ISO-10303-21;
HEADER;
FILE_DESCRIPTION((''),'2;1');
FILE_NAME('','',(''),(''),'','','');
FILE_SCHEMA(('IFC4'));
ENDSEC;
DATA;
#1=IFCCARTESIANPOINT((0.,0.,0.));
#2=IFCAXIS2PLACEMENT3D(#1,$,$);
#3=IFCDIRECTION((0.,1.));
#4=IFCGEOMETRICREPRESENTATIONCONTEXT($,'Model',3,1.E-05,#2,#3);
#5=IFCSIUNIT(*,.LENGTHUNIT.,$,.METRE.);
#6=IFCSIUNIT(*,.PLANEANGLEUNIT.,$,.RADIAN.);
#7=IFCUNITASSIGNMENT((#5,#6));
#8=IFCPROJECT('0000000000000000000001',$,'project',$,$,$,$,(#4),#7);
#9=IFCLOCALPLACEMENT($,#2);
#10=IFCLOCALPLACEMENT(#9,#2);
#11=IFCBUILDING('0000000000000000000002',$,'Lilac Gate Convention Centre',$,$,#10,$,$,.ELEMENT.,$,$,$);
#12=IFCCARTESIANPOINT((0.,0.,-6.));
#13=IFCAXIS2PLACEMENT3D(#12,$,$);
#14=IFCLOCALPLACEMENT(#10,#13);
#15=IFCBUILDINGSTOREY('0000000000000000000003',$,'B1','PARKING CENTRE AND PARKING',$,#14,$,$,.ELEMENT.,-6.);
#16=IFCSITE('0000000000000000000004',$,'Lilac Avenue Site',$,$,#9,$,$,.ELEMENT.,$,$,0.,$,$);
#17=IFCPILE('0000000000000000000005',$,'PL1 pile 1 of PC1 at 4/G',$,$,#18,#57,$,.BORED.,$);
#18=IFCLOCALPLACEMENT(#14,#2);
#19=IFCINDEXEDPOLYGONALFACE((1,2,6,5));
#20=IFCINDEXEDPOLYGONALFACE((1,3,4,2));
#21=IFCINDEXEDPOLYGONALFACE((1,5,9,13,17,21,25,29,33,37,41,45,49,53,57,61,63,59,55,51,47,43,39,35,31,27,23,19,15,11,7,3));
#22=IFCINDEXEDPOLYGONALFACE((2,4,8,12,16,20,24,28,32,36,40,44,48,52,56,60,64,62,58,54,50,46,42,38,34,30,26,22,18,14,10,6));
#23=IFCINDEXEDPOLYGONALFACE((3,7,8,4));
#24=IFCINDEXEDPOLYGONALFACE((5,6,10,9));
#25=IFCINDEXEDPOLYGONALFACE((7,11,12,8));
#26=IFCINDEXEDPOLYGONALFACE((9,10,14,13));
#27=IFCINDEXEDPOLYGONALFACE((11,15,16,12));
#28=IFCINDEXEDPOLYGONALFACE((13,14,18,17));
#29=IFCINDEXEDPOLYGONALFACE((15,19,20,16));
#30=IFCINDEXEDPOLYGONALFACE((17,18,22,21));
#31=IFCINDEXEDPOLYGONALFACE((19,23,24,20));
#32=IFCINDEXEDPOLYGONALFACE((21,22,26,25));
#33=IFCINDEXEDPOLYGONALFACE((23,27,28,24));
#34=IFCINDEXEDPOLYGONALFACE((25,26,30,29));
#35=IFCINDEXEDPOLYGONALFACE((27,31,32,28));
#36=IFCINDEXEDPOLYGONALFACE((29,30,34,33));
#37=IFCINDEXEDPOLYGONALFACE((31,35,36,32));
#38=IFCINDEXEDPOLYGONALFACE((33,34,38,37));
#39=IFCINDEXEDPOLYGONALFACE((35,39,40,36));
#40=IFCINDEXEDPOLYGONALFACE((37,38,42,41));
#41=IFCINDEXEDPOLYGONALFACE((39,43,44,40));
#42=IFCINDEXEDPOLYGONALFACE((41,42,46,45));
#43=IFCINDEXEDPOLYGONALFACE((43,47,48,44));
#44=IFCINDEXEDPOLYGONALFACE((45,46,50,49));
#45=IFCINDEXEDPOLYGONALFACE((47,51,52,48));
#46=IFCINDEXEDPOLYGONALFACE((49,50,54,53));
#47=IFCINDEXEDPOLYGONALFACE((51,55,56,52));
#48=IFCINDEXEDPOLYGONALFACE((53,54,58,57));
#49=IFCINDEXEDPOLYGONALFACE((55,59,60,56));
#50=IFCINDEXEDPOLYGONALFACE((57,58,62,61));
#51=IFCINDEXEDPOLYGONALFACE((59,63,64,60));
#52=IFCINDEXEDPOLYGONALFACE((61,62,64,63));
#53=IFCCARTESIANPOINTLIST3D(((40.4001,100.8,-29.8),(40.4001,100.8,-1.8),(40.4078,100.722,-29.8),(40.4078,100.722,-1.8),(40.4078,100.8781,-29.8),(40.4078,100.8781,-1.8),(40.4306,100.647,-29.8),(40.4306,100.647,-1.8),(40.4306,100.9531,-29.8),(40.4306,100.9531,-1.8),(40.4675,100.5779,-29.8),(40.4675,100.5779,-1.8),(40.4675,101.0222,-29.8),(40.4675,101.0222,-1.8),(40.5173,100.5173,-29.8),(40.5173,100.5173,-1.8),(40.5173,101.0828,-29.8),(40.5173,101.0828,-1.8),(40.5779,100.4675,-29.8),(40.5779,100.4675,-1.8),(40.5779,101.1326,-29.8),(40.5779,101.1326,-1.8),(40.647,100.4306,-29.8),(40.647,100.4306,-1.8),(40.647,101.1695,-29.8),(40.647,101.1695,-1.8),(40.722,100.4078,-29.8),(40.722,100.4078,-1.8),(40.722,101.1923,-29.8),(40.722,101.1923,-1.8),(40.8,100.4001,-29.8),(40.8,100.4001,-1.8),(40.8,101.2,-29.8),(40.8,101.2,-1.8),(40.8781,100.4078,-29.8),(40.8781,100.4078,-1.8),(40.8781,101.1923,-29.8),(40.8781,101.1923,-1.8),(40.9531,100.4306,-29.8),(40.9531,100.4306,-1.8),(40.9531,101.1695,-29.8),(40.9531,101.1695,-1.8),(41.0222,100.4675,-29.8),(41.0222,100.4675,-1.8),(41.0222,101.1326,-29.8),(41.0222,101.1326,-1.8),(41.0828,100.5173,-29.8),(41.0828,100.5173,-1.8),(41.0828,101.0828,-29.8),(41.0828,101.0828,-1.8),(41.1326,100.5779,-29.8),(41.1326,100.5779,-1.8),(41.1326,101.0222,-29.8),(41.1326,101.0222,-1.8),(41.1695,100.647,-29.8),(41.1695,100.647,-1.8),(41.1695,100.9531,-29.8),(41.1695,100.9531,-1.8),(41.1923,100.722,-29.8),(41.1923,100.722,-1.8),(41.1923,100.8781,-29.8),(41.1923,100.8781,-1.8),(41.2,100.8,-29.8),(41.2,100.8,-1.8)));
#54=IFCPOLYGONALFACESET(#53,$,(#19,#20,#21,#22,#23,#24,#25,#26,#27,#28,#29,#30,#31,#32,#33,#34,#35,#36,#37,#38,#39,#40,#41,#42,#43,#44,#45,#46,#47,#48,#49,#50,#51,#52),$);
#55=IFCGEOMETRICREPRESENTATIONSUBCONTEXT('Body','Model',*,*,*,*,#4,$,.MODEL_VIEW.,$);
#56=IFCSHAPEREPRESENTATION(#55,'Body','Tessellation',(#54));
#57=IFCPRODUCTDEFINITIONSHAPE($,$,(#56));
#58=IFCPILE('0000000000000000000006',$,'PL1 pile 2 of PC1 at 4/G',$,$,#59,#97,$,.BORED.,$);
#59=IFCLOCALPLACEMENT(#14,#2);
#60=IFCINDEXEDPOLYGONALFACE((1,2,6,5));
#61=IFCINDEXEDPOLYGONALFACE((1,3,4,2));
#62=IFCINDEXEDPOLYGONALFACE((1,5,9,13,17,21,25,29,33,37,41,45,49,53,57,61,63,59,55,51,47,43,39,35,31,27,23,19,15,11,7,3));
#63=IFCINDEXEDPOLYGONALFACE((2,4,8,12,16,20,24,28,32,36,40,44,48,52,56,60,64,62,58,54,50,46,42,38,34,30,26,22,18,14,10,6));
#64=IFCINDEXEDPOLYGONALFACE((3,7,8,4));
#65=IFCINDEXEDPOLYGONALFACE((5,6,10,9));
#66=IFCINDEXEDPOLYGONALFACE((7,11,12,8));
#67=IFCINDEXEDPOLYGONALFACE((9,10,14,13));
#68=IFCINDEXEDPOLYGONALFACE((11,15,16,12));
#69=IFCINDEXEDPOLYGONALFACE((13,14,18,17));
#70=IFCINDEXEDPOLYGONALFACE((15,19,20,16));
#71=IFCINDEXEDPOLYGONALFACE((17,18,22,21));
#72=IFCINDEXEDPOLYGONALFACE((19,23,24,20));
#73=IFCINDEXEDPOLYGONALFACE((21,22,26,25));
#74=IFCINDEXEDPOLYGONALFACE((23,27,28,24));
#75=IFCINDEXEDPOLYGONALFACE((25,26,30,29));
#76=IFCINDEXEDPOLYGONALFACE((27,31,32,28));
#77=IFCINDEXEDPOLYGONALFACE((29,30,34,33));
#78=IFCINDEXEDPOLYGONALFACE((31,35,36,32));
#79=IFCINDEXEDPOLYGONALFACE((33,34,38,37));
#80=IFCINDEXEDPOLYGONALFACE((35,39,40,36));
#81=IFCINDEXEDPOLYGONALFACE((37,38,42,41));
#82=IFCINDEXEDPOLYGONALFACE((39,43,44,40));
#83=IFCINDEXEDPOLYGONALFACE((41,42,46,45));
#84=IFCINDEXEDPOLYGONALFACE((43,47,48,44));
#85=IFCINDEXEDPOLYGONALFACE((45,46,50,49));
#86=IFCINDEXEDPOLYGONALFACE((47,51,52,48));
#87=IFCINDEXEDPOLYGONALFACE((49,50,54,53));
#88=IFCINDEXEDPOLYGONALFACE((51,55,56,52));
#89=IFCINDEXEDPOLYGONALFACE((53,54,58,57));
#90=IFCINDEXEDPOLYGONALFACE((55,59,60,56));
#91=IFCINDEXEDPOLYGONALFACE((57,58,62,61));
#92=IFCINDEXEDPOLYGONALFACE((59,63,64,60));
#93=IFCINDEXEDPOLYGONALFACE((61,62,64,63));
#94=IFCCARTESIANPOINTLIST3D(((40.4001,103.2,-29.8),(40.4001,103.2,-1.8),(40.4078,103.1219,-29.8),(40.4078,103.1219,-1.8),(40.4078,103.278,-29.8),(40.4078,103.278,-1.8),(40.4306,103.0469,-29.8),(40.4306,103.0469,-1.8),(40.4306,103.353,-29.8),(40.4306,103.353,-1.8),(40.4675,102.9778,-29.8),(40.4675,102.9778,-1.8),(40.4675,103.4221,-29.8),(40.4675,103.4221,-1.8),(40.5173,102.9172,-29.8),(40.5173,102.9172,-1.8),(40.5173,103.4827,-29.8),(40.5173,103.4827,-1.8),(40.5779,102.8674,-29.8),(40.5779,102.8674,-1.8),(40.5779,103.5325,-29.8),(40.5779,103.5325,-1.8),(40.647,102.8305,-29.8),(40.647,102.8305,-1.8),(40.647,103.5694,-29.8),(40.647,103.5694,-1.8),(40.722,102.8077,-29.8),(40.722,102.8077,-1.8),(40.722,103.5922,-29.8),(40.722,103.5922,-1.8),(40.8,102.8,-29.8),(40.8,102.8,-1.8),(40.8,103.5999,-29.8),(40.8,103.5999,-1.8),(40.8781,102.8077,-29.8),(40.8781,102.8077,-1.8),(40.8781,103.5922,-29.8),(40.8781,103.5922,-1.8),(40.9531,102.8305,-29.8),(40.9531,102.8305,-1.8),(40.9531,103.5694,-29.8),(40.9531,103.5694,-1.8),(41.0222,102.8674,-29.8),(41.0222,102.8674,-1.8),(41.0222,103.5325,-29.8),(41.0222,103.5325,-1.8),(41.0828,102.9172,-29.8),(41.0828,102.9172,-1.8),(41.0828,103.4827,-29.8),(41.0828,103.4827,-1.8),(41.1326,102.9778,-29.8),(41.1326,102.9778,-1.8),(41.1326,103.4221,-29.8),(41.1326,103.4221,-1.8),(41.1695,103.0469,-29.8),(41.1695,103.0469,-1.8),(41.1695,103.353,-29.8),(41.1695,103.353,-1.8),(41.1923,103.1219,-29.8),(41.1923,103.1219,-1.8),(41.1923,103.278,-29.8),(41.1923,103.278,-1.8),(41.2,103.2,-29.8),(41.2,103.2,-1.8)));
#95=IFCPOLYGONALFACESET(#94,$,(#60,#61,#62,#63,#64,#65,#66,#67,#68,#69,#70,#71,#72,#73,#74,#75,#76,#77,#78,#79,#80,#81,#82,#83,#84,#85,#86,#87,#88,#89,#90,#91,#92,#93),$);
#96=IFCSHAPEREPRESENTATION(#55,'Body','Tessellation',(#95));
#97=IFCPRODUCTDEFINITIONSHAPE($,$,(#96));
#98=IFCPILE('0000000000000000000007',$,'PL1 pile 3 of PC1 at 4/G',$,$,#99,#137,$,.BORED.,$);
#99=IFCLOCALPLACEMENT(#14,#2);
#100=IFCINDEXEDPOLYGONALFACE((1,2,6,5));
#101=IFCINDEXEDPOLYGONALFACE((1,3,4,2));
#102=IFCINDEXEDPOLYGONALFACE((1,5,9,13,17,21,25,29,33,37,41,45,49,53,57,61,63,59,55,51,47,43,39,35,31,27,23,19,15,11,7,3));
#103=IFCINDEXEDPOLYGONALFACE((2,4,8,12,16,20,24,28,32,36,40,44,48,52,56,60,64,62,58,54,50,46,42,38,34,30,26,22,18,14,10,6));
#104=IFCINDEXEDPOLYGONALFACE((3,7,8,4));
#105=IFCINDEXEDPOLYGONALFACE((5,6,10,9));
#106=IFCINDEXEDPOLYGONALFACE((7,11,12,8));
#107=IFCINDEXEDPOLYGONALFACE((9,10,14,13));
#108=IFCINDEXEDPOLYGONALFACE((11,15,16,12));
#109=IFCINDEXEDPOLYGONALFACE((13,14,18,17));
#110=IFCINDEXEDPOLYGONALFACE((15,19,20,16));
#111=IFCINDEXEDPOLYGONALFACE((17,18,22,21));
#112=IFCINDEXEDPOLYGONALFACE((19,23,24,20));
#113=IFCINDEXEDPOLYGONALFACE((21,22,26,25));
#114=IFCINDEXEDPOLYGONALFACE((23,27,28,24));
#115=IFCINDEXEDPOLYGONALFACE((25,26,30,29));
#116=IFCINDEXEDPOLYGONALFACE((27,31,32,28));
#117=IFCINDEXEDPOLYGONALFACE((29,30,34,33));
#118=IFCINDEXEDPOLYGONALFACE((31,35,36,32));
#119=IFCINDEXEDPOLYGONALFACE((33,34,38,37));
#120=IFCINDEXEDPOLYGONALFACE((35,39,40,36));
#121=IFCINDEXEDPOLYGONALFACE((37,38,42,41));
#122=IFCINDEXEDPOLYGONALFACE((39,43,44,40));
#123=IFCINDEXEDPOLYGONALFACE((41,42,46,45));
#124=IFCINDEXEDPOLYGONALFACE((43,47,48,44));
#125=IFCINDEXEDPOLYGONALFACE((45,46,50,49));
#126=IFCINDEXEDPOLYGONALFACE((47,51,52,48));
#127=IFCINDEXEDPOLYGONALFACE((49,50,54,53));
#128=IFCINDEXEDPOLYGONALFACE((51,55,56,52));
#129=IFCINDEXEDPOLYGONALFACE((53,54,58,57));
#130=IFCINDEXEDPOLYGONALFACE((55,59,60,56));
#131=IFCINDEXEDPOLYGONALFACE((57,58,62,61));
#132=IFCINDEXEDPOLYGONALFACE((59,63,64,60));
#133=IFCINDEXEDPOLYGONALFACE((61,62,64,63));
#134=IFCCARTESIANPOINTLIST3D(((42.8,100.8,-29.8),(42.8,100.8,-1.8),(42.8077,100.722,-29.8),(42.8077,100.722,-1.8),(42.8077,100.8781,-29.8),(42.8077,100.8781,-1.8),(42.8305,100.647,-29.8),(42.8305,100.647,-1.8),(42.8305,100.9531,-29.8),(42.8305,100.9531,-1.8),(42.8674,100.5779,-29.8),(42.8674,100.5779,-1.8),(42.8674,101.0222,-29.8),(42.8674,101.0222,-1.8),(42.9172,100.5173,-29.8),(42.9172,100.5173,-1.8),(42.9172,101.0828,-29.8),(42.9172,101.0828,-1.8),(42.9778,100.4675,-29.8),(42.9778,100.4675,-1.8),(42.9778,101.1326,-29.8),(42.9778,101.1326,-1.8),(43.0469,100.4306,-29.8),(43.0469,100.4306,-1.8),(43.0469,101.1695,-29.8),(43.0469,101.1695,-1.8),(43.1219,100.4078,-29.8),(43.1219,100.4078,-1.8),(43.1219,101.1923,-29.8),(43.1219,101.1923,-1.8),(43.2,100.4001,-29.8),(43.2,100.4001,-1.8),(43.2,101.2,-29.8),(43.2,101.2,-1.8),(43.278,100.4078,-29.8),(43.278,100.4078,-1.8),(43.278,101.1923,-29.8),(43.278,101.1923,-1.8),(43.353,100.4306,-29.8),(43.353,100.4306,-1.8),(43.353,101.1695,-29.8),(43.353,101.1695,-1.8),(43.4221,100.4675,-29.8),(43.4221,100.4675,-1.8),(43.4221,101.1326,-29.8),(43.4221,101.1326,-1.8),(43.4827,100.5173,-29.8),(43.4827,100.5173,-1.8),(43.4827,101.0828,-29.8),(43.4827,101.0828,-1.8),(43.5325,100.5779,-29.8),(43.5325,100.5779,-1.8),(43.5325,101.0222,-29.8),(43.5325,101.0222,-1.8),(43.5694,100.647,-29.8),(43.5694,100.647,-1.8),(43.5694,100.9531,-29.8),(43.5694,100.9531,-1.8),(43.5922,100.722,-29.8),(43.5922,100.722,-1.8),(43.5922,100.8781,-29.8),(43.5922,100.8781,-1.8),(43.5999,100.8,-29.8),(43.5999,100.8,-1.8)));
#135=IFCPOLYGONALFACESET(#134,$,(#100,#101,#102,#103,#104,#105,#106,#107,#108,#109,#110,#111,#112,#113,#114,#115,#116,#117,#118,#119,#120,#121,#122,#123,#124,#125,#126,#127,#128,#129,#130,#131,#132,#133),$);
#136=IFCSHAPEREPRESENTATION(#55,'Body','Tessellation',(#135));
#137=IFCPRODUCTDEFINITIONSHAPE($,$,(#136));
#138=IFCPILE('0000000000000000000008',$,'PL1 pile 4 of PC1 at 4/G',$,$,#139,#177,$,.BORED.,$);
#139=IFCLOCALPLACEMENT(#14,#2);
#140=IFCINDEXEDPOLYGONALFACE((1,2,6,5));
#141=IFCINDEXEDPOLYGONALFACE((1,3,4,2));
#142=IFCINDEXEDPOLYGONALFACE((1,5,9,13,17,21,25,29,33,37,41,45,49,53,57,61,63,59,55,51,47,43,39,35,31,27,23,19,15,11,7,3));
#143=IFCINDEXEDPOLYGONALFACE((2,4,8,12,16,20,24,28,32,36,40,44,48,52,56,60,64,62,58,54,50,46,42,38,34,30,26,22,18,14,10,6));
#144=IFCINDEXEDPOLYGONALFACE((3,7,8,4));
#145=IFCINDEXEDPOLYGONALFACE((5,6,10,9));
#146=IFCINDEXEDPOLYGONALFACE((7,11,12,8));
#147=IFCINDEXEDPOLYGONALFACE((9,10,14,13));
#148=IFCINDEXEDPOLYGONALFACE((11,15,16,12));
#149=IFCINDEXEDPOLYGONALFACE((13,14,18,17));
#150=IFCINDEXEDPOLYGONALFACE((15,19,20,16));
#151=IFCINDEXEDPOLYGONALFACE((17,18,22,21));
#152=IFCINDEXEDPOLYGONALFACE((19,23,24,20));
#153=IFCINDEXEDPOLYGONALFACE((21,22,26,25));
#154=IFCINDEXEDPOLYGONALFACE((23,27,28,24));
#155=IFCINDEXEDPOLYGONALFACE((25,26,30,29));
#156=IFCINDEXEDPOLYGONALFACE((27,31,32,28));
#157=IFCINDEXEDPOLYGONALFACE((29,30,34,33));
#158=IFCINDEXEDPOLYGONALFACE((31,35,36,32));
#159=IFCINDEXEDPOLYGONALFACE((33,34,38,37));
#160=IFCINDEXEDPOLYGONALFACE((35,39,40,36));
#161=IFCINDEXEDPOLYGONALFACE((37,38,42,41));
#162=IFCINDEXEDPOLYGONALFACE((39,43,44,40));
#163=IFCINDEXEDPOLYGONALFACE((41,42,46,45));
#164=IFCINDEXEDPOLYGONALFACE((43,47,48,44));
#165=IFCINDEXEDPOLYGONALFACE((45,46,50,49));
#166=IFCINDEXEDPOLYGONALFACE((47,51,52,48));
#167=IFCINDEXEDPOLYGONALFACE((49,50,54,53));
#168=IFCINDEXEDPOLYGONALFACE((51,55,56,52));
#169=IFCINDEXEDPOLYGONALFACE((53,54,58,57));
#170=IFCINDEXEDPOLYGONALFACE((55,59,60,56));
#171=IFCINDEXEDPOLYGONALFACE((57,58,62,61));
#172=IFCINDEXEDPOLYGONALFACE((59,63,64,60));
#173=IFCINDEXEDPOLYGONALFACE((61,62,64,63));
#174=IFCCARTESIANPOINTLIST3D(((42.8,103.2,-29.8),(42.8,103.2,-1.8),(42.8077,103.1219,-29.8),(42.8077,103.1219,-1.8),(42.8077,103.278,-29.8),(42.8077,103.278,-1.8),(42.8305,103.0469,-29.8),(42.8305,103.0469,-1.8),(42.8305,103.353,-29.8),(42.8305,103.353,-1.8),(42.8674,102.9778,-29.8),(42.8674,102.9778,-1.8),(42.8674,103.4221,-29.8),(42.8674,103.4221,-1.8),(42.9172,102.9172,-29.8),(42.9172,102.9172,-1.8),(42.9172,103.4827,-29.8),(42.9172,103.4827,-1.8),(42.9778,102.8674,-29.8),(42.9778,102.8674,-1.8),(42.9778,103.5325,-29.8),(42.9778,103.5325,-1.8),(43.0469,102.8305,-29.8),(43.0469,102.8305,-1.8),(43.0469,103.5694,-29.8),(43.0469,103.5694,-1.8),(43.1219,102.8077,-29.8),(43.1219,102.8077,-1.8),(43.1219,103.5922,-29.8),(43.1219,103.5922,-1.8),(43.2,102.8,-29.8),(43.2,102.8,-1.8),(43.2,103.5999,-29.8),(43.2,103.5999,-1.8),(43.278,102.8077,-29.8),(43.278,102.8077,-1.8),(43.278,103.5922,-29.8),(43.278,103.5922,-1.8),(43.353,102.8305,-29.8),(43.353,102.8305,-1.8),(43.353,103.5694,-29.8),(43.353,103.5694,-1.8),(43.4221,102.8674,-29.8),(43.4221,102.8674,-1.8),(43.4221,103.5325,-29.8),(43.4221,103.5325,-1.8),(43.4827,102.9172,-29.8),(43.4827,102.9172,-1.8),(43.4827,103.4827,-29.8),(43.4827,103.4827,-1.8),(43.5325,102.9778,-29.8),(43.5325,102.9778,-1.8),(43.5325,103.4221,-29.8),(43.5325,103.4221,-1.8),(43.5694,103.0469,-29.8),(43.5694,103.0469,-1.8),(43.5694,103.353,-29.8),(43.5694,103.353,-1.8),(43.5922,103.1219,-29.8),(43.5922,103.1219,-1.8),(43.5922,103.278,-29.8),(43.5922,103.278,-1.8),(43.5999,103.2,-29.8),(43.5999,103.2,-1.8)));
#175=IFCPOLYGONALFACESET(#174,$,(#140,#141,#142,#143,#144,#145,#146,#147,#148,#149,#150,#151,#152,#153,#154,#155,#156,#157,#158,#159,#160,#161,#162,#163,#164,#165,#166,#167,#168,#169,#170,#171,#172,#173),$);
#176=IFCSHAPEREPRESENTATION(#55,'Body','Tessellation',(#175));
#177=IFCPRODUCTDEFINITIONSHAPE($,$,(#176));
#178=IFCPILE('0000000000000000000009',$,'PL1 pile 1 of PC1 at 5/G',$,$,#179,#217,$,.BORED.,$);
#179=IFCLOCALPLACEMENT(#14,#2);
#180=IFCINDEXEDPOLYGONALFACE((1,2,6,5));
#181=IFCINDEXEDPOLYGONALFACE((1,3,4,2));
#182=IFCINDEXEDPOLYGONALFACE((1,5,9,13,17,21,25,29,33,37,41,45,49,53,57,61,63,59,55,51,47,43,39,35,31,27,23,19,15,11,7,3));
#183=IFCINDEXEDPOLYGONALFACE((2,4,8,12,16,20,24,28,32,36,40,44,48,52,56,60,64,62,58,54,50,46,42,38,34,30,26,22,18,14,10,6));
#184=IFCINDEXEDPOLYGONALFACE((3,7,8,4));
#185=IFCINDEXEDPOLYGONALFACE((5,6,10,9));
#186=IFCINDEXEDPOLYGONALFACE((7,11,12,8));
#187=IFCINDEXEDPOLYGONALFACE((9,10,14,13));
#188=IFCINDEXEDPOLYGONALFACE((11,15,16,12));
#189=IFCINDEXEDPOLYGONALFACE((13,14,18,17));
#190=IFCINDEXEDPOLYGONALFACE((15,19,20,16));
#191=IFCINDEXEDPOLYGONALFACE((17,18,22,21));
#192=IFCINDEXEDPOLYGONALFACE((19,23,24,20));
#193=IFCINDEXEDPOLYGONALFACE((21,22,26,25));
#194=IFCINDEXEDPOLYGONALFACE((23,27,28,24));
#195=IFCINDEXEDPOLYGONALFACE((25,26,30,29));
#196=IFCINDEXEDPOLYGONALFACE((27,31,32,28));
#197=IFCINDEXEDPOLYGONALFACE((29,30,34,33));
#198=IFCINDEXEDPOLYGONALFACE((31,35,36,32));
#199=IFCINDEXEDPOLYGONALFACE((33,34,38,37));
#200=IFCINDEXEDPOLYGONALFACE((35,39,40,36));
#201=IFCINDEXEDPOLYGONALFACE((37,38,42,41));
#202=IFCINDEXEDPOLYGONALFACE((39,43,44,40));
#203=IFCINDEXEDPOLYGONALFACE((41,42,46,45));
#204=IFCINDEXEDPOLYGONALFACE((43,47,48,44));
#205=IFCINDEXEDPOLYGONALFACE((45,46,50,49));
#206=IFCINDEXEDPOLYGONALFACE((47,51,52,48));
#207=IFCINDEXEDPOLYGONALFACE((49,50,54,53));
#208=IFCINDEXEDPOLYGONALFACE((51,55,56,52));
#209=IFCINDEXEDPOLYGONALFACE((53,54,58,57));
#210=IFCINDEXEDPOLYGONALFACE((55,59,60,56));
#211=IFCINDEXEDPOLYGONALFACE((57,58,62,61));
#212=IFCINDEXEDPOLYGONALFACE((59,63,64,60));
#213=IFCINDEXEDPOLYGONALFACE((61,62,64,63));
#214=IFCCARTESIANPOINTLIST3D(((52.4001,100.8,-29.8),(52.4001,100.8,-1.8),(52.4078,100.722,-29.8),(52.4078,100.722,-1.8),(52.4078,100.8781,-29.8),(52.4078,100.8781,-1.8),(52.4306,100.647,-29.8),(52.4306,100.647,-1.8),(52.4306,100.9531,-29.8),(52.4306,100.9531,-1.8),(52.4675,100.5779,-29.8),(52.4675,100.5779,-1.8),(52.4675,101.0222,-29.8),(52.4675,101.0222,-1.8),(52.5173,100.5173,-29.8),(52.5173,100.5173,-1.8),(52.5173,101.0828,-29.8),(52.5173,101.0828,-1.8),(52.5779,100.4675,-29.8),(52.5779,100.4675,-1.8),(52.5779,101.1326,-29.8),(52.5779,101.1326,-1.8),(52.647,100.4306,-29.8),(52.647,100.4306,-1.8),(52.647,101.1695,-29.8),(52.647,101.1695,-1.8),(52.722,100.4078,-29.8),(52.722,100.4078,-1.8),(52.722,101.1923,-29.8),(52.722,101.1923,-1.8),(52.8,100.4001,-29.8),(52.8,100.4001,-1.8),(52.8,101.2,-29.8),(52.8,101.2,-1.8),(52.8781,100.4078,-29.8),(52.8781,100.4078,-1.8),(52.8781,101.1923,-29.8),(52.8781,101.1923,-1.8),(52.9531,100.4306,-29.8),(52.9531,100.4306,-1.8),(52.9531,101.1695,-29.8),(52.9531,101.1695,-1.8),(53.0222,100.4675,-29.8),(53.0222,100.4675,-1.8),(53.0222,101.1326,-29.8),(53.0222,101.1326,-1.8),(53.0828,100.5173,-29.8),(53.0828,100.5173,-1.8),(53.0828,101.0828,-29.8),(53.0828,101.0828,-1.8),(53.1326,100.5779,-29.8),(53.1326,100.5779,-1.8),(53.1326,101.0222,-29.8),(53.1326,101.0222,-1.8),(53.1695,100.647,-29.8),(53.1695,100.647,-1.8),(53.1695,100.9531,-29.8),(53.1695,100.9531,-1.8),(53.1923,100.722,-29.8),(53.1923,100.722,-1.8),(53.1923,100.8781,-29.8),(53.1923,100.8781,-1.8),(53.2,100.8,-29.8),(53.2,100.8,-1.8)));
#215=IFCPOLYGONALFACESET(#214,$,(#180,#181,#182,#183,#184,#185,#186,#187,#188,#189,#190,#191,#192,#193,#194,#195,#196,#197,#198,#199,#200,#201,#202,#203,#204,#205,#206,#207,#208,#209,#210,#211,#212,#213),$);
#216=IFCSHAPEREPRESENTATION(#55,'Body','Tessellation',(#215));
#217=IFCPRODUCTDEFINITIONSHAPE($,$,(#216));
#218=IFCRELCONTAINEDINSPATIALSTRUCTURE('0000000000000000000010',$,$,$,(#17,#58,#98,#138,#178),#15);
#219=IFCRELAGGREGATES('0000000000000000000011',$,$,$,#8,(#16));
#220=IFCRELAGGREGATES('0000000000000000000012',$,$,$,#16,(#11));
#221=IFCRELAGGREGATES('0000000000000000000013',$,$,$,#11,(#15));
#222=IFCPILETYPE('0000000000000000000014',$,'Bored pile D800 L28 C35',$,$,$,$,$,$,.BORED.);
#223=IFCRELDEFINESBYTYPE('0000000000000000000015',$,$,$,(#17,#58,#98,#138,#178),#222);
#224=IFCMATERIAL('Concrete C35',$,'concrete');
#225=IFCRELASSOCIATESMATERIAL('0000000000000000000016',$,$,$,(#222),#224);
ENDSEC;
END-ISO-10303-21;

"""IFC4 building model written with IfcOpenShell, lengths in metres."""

from ifc_helpers import new_model, si_unit, direction, frame, origin, origin_2d, place, context, subcontext, project, spatial, circle, extrude, material, material_profile, profile_set, type_object, element, save


model = new_model("IFC4")

# Units and contexts
model_context = context("Model", 3, precision=1e-05, world=origin(), true_north=direction((0.0, 1.0)))
body_context = subcontext(model_context, "Body", "Model", "MODEL_VIEW")
ifc_project = project(units=[si_unit("LENGTHUNIT", "METRE"), si_unit("PLANEANGLEUNIT", "RADIAN")], contexts=[model_context])

# Site, building, storey
site_placement = place(None, origin())
site = spatial("IfcSite", under=ifc_project, at=site_placement, Name="Lilac Avenue Site", CompositionType="ELEMENT", RefElevation=0.0)
building_placement = place(site_placement, origin())
building = spatial("IfcBuilding", under=site, at=building_placement, Name="Lilac Gate Convention Centre", CompositionType="ELEMENT")
storey_placement = place(building_placement, frame((0.0, 0.0, -6.0)))
storey = spatial("IfcBuildingStorey", under=building, at=storey_placement, Name="B1", Description="PARKING CENTRE AND PARKING", CompositionType="ELEMENT", Elevation=-6.0)

# Piles
ifc_material_1 = material(Name="Concrete C35", Category="concrete")
ifc_material_profile_1 = material_profile(ifc_material_1, circle(Radius=0.3999, at=origin_2d()), Name="D800")
ifc_profile_set_1 = profile_set([ifc_material_profile_1], Name="Concrete C35")
pile_type = type_object("IfcPileType", Name="Bored pile D800 L28 C35", PredefinedType="BORED", material=ifc_profile_set_1)
for number, where, z_axis, x_axis, name in (
    (1, (40.8, 100.8, -1.8), (0.0, 0.0, -1.0), (1.0, 0.0, 0.0), "PL1 pile 1 of PC1 at 4/G"),
    (2, (40.8, 103.2, -1.8), (0.0, 0.0, -1.0), (1.0, 0.0, 0.0), "PL1 pile 2 of PC1 at 4/G"),
    (3, (43.2, 100.8, -1.8), (0.0, 0.0, -1.0), (1.0, 0.0, 0.0), "PL1 pile 3 of PC1 at 4/G"),
    (4, (43.2, 103.2, -1.8), (0.0, 0.0, -1.0), (1.0, 0.0, 0.0), "PL1 pile 4 of PC1 at 4/G"),
    (5, (52.8, 100.8, -1.8), (0.0, 0.0, -1.0), (1.0, 0.0, 0.0), "PL1 pile 1 of PC1 at 5/G"),
):
    element("IfcPile", number, at=place(storey_placement, frame(where, z_axis=z_axis, x_axis=x_axis)), inside=storey, type_object=pile_type, Name=name, PredefinedType="BORED", context=body_context, shape_type="SweptSolid", body=[
        extrude(circle(Radius=0.3999, at=origin_2d()), origin(), (0.0, 0.0, 1.0), 28.0),
    ])

save(model, "model.ifc")
